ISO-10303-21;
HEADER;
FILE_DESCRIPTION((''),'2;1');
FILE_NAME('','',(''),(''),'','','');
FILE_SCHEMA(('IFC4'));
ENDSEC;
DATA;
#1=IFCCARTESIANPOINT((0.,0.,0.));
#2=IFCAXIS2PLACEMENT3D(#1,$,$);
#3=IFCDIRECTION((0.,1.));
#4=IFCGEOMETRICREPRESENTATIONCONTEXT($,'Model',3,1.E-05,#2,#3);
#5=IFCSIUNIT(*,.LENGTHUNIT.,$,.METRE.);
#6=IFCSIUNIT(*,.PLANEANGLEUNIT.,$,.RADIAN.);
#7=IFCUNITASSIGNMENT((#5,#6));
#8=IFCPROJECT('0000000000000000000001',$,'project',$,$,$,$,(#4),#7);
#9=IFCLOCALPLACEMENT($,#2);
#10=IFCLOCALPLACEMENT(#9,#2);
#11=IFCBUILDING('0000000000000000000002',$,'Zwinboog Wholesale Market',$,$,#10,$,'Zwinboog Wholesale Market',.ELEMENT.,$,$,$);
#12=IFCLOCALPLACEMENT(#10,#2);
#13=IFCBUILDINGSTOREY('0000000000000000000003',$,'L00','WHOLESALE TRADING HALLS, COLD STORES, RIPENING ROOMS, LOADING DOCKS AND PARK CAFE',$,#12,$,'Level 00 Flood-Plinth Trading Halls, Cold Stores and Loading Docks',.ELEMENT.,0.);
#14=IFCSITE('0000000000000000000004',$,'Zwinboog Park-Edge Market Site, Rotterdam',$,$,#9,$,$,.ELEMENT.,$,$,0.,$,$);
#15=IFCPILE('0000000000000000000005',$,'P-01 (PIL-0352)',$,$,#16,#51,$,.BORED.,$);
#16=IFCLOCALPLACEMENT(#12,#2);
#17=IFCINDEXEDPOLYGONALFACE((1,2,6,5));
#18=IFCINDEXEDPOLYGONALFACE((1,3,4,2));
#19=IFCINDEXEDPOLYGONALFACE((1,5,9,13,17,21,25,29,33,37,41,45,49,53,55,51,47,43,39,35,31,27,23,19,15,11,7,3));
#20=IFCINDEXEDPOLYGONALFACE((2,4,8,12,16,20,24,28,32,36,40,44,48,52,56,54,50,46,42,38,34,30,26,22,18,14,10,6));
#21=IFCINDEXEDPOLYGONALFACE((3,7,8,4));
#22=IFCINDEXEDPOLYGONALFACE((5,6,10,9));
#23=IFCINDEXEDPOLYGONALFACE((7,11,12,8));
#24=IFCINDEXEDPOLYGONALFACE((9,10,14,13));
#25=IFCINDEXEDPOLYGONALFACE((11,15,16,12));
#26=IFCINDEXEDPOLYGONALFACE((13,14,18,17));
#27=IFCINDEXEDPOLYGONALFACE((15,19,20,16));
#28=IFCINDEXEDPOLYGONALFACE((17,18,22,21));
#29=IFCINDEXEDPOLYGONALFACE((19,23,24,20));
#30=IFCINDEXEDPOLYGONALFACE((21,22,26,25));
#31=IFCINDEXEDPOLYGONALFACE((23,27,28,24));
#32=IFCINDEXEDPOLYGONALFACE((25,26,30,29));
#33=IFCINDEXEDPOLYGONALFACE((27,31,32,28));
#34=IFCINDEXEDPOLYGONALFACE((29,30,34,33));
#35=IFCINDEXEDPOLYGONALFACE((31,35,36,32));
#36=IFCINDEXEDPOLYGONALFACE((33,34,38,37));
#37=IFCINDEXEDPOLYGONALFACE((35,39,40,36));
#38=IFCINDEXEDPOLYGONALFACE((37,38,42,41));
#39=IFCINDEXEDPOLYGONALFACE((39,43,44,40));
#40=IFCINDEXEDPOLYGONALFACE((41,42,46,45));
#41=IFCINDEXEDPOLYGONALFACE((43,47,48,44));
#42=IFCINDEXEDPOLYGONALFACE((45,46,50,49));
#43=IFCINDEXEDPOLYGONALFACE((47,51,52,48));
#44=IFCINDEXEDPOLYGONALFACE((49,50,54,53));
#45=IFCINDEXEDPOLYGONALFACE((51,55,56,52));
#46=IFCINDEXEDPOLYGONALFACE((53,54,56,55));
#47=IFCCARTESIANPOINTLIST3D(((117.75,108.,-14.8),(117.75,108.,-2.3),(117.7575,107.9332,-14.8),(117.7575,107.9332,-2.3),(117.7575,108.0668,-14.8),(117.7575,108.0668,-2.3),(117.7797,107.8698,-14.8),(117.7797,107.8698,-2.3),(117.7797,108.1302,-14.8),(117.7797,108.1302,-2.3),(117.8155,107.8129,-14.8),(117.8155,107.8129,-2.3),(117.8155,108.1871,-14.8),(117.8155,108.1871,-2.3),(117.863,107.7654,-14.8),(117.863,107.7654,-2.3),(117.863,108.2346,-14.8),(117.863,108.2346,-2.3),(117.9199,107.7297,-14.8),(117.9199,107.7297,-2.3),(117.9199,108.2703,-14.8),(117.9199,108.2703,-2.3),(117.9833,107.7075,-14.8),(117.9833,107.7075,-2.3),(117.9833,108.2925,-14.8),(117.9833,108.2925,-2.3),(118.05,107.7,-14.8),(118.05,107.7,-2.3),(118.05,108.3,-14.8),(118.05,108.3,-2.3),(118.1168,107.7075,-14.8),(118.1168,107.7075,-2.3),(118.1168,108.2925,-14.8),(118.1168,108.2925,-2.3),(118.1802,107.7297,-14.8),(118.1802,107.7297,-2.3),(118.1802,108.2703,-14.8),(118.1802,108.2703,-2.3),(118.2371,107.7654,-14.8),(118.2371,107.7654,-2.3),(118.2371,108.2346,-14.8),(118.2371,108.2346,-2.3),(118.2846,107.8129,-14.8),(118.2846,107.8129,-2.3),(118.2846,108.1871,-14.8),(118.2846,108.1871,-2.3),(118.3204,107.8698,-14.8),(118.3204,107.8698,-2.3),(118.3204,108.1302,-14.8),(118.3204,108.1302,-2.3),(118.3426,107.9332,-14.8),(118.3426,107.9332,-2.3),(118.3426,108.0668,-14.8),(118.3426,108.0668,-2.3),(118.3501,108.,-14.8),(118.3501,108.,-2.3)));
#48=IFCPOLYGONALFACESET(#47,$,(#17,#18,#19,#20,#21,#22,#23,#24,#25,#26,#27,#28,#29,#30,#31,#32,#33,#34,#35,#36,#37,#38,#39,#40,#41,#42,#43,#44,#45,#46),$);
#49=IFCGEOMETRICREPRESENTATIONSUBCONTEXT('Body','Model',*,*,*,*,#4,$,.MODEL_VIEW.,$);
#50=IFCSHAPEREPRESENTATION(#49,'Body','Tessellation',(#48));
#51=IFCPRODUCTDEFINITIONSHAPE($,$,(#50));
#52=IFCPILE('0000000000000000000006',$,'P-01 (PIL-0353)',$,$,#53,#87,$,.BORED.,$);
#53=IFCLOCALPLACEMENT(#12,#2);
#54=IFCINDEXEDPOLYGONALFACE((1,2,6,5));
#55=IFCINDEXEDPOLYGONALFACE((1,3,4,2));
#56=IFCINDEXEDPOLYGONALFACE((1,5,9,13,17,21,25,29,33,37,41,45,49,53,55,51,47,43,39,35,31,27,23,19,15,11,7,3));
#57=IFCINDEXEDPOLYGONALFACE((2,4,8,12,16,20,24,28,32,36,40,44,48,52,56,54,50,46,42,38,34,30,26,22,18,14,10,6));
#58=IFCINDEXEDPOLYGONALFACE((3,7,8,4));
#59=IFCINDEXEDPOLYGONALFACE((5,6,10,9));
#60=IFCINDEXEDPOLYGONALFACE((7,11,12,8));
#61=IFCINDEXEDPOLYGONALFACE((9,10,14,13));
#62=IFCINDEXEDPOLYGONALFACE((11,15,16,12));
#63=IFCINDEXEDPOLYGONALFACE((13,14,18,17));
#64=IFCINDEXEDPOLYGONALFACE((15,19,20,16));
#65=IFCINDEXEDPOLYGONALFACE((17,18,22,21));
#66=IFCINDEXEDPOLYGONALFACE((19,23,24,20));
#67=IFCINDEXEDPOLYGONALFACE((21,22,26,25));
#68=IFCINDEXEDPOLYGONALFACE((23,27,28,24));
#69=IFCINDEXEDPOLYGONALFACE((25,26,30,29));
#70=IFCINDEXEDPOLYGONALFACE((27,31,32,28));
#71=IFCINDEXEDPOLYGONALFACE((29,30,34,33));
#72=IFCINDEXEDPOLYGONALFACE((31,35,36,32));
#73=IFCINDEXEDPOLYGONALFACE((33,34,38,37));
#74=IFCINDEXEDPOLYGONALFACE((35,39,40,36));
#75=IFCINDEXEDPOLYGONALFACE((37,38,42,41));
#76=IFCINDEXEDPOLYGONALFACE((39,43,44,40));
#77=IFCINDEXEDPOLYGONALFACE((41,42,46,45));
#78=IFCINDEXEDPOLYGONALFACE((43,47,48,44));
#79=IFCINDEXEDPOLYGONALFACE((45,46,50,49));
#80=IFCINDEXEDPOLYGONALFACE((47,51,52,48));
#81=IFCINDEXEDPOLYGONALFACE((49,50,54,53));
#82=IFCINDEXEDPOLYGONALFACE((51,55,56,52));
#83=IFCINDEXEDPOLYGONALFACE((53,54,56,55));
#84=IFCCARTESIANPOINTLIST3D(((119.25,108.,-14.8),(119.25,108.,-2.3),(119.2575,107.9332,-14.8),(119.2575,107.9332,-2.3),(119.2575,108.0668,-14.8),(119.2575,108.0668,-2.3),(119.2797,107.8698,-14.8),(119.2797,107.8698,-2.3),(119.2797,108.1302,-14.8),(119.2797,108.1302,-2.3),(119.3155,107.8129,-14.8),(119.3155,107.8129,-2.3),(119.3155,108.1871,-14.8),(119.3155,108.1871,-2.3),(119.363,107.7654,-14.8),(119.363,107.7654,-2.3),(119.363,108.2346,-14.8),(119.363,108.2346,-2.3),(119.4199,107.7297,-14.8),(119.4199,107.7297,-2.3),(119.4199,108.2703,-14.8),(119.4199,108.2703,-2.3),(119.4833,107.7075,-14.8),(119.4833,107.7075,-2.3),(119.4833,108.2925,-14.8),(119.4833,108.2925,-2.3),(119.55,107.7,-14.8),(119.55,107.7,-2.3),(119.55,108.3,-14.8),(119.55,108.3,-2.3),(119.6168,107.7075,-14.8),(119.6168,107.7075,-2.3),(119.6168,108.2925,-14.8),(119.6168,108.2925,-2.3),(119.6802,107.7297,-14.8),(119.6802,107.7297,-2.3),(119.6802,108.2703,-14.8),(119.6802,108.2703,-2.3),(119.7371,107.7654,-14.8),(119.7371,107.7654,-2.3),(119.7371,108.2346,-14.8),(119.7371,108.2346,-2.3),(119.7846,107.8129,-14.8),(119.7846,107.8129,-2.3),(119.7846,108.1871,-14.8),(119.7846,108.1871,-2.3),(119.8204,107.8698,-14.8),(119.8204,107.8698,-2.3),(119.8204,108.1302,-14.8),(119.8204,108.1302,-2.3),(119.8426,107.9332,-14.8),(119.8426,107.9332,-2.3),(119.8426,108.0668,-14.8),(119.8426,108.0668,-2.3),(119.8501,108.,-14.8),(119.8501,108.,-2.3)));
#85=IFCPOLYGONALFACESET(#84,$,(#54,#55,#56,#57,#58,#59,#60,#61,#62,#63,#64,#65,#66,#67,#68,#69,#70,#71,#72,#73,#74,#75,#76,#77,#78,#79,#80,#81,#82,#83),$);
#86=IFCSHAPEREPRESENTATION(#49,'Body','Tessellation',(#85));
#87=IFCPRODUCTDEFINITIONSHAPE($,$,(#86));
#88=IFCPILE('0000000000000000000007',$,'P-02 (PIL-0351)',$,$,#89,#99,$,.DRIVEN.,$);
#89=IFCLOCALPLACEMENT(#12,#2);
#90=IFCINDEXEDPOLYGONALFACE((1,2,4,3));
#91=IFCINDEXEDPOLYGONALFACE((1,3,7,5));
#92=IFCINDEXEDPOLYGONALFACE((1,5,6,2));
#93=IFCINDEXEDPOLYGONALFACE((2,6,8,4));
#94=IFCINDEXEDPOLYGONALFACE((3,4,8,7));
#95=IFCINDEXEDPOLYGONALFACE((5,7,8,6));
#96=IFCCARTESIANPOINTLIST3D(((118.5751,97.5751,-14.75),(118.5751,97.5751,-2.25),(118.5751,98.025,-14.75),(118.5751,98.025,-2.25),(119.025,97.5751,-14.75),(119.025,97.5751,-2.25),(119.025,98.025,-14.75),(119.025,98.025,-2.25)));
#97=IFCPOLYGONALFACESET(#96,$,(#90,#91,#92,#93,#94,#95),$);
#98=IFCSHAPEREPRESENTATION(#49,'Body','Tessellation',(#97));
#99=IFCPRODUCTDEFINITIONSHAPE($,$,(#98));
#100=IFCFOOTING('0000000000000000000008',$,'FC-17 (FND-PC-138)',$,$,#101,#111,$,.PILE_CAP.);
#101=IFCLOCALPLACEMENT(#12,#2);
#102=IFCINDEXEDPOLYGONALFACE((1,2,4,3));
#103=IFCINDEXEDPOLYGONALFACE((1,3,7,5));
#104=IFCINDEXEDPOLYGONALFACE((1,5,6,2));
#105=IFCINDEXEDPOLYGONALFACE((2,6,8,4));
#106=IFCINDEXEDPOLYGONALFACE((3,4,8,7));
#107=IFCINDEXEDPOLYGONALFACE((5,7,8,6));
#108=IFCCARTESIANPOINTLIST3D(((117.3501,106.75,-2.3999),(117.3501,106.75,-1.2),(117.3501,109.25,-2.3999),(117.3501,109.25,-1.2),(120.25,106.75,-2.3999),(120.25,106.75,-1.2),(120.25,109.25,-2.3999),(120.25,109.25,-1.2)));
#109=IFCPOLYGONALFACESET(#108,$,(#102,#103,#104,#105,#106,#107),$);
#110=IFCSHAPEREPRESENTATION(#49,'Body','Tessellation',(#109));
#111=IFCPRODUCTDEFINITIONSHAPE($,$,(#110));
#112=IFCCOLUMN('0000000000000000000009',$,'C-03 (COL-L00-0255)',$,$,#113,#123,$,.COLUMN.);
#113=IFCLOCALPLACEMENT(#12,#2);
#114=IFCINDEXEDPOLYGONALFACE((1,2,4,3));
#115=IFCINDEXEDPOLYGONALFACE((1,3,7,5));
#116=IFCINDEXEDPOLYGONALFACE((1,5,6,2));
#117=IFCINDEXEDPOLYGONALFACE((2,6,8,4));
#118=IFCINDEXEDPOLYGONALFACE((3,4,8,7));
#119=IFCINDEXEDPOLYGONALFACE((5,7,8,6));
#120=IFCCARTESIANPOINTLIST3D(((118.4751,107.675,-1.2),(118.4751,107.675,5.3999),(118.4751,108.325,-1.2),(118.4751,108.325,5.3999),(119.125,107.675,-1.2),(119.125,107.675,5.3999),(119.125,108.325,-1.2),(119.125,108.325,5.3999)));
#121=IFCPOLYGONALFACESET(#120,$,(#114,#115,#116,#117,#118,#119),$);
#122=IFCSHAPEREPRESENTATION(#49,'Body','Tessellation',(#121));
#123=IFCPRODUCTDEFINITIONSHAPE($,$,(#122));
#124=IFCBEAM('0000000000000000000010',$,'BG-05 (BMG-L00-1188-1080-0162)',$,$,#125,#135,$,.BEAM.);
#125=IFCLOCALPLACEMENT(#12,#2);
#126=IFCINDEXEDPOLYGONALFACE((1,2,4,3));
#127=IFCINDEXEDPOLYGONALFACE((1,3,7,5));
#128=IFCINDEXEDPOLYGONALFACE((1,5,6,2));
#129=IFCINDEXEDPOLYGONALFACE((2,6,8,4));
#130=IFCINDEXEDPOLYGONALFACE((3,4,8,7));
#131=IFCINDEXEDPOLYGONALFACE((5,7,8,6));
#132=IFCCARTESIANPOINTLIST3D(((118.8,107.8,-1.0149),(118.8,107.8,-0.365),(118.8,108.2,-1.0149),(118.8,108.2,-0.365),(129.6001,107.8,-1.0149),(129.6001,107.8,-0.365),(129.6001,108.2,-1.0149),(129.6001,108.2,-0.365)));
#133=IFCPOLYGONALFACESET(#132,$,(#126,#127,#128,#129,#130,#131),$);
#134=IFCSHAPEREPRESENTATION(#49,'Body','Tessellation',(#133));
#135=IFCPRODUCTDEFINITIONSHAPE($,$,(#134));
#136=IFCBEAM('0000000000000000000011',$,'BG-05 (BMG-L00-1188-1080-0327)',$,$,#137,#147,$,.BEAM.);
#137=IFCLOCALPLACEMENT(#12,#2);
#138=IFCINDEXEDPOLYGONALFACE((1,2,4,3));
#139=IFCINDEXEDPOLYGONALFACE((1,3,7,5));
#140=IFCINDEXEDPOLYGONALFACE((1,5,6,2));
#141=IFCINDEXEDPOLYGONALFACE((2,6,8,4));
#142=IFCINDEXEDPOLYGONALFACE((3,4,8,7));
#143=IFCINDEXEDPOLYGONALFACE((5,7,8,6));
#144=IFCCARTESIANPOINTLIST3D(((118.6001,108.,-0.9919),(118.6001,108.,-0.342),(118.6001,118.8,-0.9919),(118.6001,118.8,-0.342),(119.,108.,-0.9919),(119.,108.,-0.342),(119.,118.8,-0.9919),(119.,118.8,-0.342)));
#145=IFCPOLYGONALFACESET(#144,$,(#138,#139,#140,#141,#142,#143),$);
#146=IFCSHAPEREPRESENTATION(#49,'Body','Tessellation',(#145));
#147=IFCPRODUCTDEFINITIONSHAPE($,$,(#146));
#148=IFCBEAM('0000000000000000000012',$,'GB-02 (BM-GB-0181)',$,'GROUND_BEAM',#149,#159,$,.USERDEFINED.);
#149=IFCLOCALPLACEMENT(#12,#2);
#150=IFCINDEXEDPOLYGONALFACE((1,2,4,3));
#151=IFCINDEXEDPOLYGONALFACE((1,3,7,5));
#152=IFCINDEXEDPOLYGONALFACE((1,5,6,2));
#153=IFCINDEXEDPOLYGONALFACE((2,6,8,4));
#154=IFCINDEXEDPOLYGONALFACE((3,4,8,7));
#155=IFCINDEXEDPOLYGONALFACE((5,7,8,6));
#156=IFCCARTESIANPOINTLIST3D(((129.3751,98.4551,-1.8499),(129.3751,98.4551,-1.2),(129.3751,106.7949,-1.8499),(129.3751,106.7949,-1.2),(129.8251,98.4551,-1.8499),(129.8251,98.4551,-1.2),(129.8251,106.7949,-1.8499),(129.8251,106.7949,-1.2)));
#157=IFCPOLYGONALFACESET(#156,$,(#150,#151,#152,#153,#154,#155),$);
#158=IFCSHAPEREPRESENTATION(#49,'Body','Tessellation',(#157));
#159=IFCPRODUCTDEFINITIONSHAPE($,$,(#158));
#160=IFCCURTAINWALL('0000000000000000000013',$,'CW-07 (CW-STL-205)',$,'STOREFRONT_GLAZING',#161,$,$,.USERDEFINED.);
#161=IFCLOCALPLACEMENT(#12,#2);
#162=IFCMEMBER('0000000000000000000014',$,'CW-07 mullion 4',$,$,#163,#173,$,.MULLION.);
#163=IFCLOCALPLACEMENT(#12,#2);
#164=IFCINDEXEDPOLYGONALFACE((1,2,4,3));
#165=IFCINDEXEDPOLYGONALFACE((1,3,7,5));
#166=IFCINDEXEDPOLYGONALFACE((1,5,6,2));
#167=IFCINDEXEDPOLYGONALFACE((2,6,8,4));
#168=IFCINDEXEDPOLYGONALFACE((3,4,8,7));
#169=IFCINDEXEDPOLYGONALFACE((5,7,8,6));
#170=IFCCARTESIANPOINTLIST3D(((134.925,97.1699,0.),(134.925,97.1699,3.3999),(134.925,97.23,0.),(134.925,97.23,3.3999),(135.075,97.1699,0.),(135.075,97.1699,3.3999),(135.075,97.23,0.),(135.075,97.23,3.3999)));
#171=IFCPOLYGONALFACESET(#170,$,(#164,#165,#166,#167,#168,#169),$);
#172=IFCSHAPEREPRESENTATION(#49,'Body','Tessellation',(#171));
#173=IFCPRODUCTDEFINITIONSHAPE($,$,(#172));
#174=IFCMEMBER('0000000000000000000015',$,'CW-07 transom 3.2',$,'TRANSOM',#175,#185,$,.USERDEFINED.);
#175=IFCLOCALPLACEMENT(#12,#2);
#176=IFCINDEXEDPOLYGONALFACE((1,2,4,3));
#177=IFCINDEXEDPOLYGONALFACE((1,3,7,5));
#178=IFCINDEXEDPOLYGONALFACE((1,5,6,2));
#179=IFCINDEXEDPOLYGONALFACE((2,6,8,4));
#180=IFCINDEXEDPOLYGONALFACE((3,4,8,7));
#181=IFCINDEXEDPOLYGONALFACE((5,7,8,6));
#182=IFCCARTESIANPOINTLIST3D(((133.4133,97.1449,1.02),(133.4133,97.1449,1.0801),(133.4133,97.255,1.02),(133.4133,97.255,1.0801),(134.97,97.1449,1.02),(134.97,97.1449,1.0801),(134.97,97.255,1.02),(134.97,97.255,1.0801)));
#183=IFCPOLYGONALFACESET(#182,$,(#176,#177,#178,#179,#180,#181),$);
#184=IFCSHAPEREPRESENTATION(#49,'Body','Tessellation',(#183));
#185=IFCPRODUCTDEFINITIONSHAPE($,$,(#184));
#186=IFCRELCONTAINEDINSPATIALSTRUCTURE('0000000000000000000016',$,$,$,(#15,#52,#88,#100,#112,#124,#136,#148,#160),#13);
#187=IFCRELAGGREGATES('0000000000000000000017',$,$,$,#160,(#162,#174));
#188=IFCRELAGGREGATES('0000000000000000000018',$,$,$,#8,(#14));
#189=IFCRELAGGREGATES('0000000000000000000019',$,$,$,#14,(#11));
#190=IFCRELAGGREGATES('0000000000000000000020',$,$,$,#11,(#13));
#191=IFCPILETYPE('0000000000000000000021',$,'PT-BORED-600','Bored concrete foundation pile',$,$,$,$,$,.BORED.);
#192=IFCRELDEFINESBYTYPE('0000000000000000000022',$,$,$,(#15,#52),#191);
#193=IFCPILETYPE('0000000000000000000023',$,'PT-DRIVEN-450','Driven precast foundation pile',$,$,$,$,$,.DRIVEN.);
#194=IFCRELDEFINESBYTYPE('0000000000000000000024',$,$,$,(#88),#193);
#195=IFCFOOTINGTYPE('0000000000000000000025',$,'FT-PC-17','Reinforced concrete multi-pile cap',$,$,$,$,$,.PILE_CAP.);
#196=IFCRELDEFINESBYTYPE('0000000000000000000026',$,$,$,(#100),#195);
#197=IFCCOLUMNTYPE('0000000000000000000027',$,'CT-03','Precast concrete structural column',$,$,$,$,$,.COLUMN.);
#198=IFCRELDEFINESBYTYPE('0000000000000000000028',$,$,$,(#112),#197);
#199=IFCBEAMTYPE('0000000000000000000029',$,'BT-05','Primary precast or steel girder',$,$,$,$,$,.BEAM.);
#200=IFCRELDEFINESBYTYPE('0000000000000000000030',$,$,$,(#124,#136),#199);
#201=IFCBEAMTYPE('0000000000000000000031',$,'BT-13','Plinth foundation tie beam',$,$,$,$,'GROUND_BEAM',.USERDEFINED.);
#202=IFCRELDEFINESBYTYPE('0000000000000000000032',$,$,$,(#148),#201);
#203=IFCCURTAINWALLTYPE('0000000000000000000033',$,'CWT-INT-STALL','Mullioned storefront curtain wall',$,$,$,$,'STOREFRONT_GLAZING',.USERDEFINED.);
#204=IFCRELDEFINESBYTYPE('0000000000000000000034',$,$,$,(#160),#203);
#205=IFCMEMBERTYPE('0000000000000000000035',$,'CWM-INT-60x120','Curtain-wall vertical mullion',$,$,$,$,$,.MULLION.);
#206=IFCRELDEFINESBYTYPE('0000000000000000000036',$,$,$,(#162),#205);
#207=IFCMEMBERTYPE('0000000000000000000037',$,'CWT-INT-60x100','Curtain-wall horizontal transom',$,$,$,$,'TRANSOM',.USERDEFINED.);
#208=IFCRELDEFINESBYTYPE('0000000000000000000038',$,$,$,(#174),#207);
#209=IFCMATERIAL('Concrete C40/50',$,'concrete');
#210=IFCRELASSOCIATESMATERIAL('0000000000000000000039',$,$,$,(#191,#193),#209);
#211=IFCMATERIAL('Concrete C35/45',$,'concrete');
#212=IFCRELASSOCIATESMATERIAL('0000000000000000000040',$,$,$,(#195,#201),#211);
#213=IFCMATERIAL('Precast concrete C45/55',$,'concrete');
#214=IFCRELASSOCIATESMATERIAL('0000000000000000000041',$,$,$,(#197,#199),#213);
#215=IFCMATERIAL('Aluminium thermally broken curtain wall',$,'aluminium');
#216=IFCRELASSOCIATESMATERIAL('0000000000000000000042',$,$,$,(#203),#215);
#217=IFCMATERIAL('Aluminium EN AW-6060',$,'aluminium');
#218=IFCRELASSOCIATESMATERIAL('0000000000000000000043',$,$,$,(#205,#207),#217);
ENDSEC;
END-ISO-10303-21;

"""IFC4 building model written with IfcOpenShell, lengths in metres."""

from ifc_helpers import new_model, si_unit, direction, frame, origin, origin_2d, place, context, subcontext, project, spatial, rectangle, circle, extrude, material, material_profile, profile_set, type_object, element, aggregate, save


model = new_model("IFC4")

# Units and contexts
model_context = context("Model", 3, precision=1e-05, world=origin(), true_north=direction((0.0, 1.0)))
body_context = subcontext(model_context, "Body", "Model", "MODEL_VIEW")
ifc_project = project(units=[si_unit("LENGTHUNIT", "METRE"), si_unit("PLANEANGLEUNIT", "RADIAN")], contexts=[model_context])

# Site, building, storey
site_placement = place(None, origin())
site = spatial("IfcSite", under=ifc_project, at=site_placement, Name="Zwinboog Park-Edge Market Site, Rotterdam", CompositionType="ELEMENT", RefElevation=0.0)
building_placement = place(site_placement, origin())
building = spatial("IfcBuilding", under=site, at=building_placement, Name="Zwinboog Wholesale Market", LongName="Zwinboog Wholesale Market", CompositionType="ELEMENT")
storey_placement = place(building_placement, origin())
storey = spatial("IfcBuildingStorey", under=building, at=storey_placement, Name="L00", Description="WHOLESALE TRADING HALLS, COLD STORES, RIPENING ROOMS, LOADING DOCKS AND PARK CAFE", LongName="Level 00 Flood-Plinth Trading Halls, Cold Stores and Loading Docks", CompositionType="ELEMENT", Elevation=0.0)

# Piles
ifc_material_1 = material(Name="Concrete C40/50", Category="concrete")
ifc_material_profile_1 = material_profile(ifc_material_1, circle(Radius=0.3, at=origin_2d()), Name="PILE D600")
ifc_profile_set_1 = profile_set([ifc_material_profile_1], Name="Concrete C40/50")
pile_type_1 = type_object("IfcPileType", Name="PT-BORED-600", Description="Bored concrete foundation pile", PredefinedType="BORED", material=ifc_profile_set_1)
for number, where, z_axis, x_axis, name in (
    (1, (118.05, 108.0, -2.3), (0.0, 0.0, -1.0), (1.0, 0.0, 0.0), "P-01 (PIL-0352)"),
    (2, (119.55, 108.0, -2.3), (0.0, 0.0, -1.0), (1.0, 0.0, 0.0), "P-01 (PIL-0353)"),
):
    element("IfcPile", number, at=place(storey_placement, frame(where, z_axis=z_axis, x_axis=x_axis)), inside=storey, type_object=pile_type_1, Name=name, PredefinedType="BORED", context=body_context, shape_type="SweptSolid", body=[
        extrude(circle(Radius=0.3, at=origin_2d()), origin(), (0.0, 0.0, 1.0), 12.5),
    ])
ifc_material_profile_2 = material_profile(ifc_material_1, rectangle(XDim=0.45, YDim=0.45, at=origin_2d()), Name="PILE SQ450")
ifc_profile_set_2 = profile_set([ifc_material_profile_2], Name="Concrete C40/50")
pile_type_2 = type_object("IfcPileType", Name="PT-DRIVEN-450", Description="Driven precast foundation pile", PredefinedType="DRIVEN", material=ifc_profile_set_2)
pile_placement = place(storey_placement, frame((118.8, 97.8, -2.25), z_axis=(0.0, 0.0, -1.0), x_axis=(1.0, 0.0, 0.0)))
element("IfcPile", 3, at=pile_placement, inside=storey, type_object=pile_type_2, Name="P-02 (PIL-0351)", PredefinedType="DRIVEN", context=body_context, shape_type="SweptSolid", body=[
    extrude(rectangle(XDim=0.45, YDim=0.45, at=origin_2d()), origin(), (0.0, 0.0, 1.0), 12.5),
])

# Footing
ifc_material_2 = material(Name="Concrete C35/45", Category="concrete")
footing_type = type_object("IfcFootingType", Name="FT-PC-17", Description="Reinforced concrete multi-pile cap", PredefinedType="PILE_CAP", material=ifc_material_2)
footing_placement = place(storey_placement, frame((118.8, 108.0, -2.3999), z_axis=(0.0, 0.0, 1.0), x_axis=(1.0, 0.0, 0.0)))
element("IfcFooting", 4, at=footing_placement, inside=storey, type_object=footing_type, Name="FC-17 (FND-PC-138)", PredefinedType="PILE_CAP", context=body_context, shape_type="SweptSolid", body=[
    extrude(rectangle(XDim=2.8999, YDim=2.5, at=origin_2d()), origin(), (0.0, 0.0, 1.0), 1.2),
])

# Column
ifc_material_3 = material(Name="Precast concrete C45/55", Category="concrete")
ifc_material_profile_3 = material_profile(ifc_material_3, rectangle(XDim=0.6499, YDim=0.6499, at=origin_2d()), Name="PC 650x650")
ifc_profile_set_3 = profile_set([ifc_material_profile_3], Name="Precast concrete C45/55")
column_type = type_object("IfcColumnType", Name="CT-03", Description="Precast concrete structural column", PredefinedType="COLUMN", material=ifc_profile_set_3)
column_placement = place(storey_placement, frame((118.8, 108.0, -1.2), z_axis=(0.0, 0.0, 1.0), x_axis=(1.0, 0.0, 0.0)))
element("IfcColumn", 5, at=column_placement, inside=storey, type_object=column_type, Name="C-03 (COL-L00-0255)", PredefinedType="COLUMN", context=body_context, shape_type="SweptSolid", body=[
    extrude(rectangle(XDim=0.6499, YDim=0.6499, at=origin_2d()), origin(), (0.0, 0.0, 1.0), 6.5999),
])

# Beams
ifc_material_profile_4 = material_profile(ifc_material_3, rectangle(XDim=0.3999, YDim=0.6499, at=origin_2d()), Name="PC 400x650")
ifc_profile_set_4 = profile_set([ifc_material_profile_4], Name="Precast concrete C45/55")
beam_type_1 = type_object("IfcBeamType", Name="BT-05", Description="Primary precast or steel girder", PredefinedType="BEAM", material=ifc_profile_set_4)
for number, where, z_axis, x_axis, name in (
    (6, (118.8, 108.0, -0.6899), (1.0, 0.0, 0.0), (0.0, 1.0, 0.0), "BG-05 (BMG-L00-1188-1080-0162)"),
    (7, (118.8, 108.0, -0.667), (0.0, 1.0, 0.0), (-1.0, 0.0, 0.0), "BG-05 (BMG-L00-1188-1080-0327)"),
):
    element("IfcBeam", number, at=place(storey_placement, frame(where, z_axis=z_axis, x_axis=x_axis)), inside=storey, type_object=beam_type_1, Name=name, PredefinedType="BEAM", context=body_context, shape_type="SweptSolid", body=[
        extrude(rectangle(XDim=0.3999, YDim=0.6499, at=origin_2d()), origin(), (0.0, 0.0, 1.0), 10.8),
    ])
ifc_material_profile_5 = material_profile(ifc_material_2, rectangle(XDim=0.45, YDim=0.6499, at=origin_2d()), Name="RC 450x650")
ifc_profile_set_5 = profile_set([ifc_material_profile_5], Name="Concrete C35/45")
beam_type_2 = type_object("IfcBeamType", Name="BT-13", Description="Plinth foundation tie beam", ElementType="GROUND_BEAM", PredefinedType="USERDEFINED", material=ifc_profile_set_5)
beam_placement = place(storey_placement, frame((129.6001, 98.4551, -1.5249), z_axis=(0.0, 1.0, 0.0), x_axis=(-1.0, 0.0, 0.0)))
element("IfcBeam", 8, at=beam_placement, inside=storey, type_object=beam_type_2, Name="GB-02 (BM-GB-0181)", ObjectType="GROUND_BEAM", PredefinedType="USERDEFINED", context=body_context, shape_type="SweptSolid", body=[
    extrude(rectangle(XDim=0.45, YDim=0.6499, at=origin_2d()), origin(), (0.0, 0.0, 1.0), 8.3398),
])

# Curtain wall, members
ifc_material_4 = material(Name="Aluminium thermally broken curtain wall", Category="aluminium")
curtain_wall_type = type_object("IfcCurtainWallType", Name="CWT-INT-STALL", Description="Mullioned storefront curtain wall", ElementType="STOREFRONT_GLAZING", PredefinedType="USERDEFINED", material=ifc_material_4)
curtain_wall_placement = place(storey_placement, origin())
curtain_wall = element("IfcCurtainWall", 9, at=curtain_wall_placement, inside=storey, type_object=curtain_wall_type, Name="CW-07 (CW-STL-205)", ObjectType="STOREFRONT_GLAZING", PredefinedType="USERDEFINED")
ifc_material_5 = material(Name="Aluminium EN AW-6060", Category="aluminium")
ifc_material_profile_6 = material_profile(ifc_material_5, rectangle(XDim=0.0601, YDim=0.1499, at=origin_2d()), Name="AL 60x150")
ifc_profile_set_6 = profile_set([ifc_material_profile_6], Name="Aluminium EN AW-6060")
member_type_1 = type_object("IfcMemberType", Name="CWM-INT-60x120", Description="Curtain-wall vertical mullion", PredefinedType="MULLION", material=ifc_profile_set_6)
member_1_placement = place(storey_placement, frame((135.0, 97.2, 0.0), z_axis=(0.0, 0.0, 1.0), x_axis=(0.0, 1.0, 0.0)))
member_1 = element("IfcMember", 10, at=member_1_placement, type_object=member_type_1, Name="CW-07 mullion 4", PredefinedType="MULLION", context=body_context, shape_type="SweptSolid", body=[
    extrude(rectangle(XDim=0.0601, YDim=0.1499, at=origin_2d()), origin(), (0.0, 0.0, 1.0), 3.3999),
])
ifc_material_profile_7 = material_profile(ifc_material_5, rectangle(XDim=0.1101, YDim=0.0601, at=origin_2d()), Name="AL 60x110")
ifc_profile_set_7 = profile_set([ifc_material_profile_7], Name="Aluminium EN AW-6060")
member_type_2 = type_object("IfcMemberType", Name="CWT-INT-60x100", Description="Curtain-wall horizontal transom", ElementType="TRANSOM", PredefinedType="USERDEFINED", material=ifc_profile_set_7)
member_2_placement = place(storey_placement, frame((133.4133, 97.2, 1.05), z_axis=(1.0, 0.0, 0.0), x_axis=(0.0, 1.0, 0.0)))
member_2 = element("IfcMember", 11, at=member_2_placement, type_object=member_type_2, Name="CW-07 transom 3.2", ObjectType="TRANSOM", PredefinedType="USERDEFINED", context=body_context, shape_type="SweptSolid", body=[
    extrude(rectangle(XDim=0.1101, YDim=0.0601, at=origin_2d()), origin(), (0.0, 0.0, 1.0), 1.5566),
])
aggregate(curtain_wall, [member_1, member_2])

save(model, "model.ifc")
